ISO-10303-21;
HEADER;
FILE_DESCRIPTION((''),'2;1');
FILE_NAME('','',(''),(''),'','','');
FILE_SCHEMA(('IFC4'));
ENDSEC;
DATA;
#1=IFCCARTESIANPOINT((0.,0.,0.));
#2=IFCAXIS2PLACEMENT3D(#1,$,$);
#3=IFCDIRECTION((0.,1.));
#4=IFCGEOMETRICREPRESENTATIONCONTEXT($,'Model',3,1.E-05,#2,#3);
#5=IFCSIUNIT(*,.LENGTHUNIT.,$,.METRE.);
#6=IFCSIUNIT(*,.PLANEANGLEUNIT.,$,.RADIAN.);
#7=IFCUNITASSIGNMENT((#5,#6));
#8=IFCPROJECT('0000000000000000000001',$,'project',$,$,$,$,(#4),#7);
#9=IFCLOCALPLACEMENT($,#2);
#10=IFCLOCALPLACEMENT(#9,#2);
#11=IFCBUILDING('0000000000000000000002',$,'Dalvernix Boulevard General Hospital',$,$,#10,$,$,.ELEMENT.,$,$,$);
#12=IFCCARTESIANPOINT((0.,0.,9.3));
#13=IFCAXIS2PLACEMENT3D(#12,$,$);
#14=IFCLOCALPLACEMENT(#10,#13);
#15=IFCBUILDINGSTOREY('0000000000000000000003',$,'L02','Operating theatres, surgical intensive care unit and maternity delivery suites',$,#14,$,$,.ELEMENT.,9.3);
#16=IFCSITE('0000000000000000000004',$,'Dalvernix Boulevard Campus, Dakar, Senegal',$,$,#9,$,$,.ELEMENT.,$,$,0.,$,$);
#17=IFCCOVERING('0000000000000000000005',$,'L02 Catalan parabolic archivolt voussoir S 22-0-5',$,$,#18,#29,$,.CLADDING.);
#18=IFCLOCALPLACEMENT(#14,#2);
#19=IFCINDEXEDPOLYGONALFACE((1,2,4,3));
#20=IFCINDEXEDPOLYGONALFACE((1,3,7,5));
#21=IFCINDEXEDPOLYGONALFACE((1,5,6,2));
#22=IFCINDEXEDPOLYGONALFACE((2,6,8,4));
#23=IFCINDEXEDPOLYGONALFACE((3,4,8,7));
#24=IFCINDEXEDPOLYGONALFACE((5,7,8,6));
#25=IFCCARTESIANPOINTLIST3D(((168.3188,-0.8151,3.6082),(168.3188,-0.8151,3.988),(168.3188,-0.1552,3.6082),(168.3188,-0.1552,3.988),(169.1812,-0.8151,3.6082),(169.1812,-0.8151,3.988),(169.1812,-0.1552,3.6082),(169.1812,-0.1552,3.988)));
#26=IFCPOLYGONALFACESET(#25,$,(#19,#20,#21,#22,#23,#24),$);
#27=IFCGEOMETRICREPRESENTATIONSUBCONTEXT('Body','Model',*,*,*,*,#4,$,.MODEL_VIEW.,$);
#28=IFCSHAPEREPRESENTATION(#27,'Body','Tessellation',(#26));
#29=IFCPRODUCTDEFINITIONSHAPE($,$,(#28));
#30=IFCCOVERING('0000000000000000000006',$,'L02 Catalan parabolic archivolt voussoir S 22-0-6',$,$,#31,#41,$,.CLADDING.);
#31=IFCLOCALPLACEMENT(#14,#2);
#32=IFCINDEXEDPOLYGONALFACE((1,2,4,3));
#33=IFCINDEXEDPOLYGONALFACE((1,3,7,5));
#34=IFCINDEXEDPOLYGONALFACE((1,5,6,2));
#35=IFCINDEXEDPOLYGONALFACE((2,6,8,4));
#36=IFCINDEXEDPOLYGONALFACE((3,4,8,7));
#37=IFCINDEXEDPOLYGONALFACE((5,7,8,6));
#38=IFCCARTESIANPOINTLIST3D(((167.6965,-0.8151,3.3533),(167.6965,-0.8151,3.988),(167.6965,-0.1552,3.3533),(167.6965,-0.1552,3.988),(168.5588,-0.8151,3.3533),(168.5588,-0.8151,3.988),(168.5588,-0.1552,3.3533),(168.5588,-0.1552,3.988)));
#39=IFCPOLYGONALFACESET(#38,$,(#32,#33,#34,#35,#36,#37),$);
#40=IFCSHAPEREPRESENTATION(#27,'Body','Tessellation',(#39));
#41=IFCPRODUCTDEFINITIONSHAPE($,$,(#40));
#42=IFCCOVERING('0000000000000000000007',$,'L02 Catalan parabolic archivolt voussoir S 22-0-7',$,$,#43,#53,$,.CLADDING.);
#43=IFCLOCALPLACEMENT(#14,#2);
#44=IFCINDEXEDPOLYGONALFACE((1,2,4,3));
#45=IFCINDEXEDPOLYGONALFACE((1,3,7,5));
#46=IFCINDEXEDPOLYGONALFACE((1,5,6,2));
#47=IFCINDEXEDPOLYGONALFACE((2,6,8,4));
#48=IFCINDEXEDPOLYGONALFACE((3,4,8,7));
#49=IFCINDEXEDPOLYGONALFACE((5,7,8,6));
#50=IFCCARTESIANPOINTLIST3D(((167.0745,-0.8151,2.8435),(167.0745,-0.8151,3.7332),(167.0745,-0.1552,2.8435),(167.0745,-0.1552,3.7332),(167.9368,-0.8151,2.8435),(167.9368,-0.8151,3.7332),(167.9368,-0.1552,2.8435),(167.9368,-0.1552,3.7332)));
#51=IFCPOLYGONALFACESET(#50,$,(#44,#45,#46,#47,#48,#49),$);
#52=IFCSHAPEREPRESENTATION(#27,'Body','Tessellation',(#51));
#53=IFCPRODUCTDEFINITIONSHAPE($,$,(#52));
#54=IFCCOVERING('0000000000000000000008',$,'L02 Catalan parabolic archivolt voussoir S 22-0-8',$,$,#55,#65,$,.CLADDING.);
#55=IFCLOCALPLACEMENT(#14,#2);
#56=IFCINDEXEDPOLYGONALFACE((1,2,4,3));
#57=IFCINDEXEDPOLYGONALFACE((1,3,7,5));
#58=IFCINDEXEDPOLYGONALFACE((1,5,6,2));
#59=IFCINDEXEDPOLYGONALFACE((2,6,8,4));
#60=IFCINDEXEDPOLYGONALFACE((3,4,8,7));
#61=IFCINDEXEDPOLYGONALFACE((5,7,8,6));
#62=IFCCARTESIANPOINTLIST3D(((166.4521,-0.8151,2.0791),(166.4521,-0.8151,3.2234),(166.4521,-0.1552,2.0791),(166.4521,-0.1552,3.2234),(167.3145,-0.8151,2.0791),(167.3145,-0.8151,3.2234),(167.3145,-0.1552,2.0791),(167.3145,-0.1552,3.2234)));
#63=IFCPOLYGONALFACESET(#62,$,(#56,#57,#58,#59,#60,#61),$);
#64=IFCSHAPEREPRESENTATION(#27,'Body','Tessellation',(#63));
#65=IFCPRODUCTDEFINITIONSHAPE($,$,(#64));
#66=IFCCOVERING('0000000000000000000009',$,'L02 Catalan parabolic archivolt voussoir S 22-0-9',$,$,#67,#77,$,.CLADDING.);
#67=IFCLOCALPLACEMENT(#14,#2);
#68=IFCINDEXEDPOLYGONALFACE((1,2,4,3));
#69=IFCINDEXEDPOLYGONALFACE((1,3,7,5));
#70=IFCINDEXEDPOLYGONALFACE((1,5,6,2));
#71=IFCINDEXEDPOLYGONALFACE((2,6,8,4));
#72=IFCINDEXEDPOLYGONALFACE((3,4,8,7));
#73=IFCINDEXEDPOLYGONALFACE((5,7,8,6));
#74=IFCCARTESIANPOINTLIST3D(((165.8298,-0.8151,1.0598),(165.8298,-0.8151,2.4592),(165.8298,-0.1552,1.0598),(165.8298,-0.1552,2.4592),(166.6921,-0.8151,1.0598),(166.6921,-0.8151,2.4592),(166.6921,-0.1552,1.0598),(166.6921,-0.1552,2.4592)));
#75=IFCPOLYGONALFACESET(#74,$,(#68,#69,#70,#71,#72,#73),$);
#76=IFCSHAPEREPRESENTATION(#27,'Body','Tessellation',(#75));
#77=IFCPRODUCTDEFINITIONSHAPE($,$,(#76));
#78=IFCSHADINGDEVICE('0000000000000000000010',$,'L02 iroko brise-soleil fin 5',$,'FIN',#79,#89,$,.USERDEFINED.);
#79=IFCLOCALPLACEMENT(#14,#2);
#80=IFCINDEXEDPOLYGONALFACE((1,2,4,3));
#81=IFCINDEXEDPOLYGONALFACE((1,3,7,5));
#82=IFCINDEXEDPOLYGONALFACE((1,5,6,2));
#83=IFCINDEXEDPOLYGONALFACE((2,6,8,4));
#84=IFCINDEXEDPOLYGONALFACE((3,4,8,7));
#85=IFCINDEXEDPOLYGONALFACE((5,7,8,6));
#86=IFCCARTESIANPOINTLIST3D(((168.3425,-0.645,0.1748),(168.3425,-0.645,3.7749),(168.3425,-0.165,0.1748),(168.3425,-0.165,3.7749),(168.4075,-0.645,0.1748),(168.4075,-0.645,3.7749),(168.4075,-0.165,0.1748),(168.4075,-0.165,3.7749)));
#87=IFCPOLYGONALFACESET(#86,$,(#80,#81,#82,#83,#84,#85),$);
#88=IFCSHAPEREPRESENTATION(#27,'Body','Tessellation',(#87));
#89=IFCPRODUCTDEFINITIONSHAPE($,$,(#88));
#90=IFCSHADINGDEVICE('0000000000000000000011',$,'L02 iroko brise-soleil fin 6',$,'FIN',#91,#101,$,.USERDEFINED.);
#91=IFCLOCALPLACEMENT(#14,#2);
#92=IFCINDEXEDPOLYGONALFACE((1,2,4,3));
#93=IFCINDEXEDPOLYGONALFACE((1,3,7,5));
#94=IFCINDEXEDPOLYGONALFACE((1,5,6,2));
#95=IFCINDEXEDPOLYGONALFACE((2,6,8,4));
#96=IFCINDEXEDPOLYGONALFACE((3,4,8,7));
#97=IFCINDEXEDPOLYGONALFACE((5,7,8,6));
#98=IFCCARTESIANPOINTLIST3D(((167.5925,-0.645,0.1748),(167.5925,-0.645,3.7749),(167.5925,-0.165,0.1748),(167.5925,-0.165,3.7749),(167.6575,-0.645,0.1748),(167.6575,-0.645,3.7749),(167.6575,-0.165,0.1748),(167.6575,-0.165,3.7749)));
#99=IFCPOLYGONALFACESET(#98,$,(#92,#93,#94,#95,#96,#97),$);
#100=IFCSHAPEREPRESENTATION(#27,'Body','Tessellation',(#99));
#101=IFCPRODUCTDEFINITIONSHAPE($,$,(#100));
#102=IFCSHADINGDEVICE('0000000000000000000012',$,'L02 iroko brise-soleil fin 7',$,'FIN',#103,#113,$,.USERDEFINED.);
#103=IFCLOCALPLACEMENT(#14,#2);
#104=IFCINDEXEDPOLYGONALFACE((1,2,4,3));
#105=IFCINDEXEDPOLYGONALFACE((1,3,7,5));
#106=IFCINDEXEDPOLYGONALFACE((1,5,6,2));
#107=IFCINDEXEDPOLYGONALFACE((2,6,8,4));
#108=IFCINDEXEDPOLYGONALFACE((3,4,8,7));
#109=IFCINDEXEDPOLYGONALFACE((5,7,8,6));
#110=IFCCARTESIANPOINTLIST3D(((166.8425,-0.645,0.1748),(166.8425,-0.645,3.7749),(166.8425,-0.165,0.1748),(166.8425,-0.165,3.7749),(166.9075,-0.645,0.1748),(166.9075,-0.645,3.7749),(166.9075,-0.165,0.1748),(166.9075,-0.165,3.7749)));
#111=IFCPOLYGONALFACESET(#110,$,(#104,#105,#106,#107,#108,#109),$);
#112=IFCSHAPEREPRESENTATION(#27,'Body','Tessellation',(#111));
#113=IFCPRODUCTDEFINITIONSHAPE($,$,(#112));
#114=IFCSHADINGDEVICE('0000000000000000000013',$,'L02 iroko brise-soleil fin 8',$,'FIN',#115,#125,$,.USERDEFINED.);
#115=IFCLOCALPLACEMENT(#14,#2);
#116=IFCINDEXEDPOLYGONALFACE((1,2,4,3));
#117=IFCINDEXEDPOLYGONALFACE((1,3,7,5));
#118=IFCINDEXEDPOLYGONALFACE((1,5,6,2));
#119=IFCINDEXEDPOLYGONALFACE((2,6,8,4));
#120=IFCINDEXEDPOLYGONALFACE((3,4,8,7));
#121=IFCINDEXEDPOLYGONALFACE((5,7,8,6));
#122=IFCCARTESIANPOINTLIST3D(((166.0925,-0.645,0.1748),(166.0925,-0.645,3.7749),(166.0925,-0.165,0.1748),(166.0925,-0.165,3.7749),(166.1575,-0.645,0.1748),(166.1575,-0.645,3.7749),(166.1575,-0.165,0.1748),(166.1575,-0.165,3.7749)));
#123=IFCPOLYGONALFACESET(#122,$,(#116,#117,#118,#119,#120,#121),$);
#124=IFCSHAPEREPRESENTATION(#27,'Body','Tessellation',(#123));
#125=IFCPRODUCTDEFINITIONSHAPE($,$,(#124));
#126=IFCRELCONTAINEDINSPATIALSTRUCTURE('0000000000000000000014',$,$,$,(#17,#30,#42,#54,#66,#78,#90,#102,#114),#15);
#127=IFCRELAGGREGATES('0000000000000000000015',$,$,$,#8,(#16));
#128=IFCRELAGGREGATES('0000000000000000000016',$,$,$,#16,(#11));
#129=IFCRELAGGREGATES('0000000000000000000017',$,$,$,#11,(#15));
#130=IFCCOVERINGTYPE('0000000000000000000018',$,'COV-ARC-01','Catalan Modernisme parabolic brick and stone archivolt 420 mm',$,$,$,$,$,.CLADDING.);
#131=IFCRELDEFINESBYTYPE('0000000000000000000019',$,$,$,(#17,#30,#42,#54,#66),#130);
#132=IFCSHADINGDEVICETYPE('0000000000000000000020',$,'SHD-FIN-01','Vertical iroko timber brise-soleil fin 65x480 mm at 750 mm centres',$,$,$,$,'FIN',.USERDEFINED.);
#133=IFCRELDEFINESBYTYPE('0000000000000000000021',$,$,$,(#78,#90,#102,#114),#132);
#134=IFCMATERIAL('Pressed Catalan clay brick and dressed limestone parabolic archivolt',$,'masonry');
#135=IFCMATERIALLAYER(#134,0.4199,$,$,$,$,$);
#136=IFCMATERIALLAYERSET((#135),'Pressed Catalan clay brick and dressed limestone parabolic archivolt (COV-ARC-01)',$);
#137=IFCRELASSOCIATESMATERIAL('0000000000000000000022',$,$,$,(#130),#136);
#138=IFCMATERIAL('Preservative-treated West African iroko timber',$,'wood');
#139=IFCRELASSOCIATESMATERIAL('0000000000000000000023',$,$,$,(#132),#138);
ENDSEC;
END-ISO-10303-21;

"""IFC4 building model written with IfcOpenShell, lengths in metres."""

from ifc_helpers import new_model, si_unit, direction, frame, origin, origin_2d, place, context, subcontext, project, spatial, rectangle, extrude, material, layer, layer_set, type_object, element, save


model = new_model("IFC4")

# Units and contexts
model_context = context("Model", 3, precision=1e-05, world=origin(), true_north=direction((0.0, 1.0)))
body_context = subcontext(model_context, "Body", "Model", "MODEL_VIEW")
ifc_project = project(units=[si_unit("LENGTHUNIT", "METRE"), si_unit("PLANEANGLEUNIT", "RADIAN")], contexts=[model_context])

# Site, building, storey
site_placement = place(None, origin())
site = spatial("IfcSite", under=ifc_project, at=site_placement, Name="Dalvernix Boulevard Campus, Dakar, Senegal", CompositionType="ELEMENT", RefElevation=0.0)
building_placement = place(site_placement, origin())
building = spatial("IfcBuilding", under=site, at=building_placement, Name="Dalvernix Boulevard General Hospital", CompositionType="ELEMENT")
storey_placement = place(building_placement, frame((0.0, 0.0, 9.3)))
storey = spatial("IfcBuildingStorey", under=building, at=storey_placement, Name="L02", Description="Operating theatres, surgical intensive care unit and maternity delivery suites", CompositionType="ELEMENT", Elevation=9.3)

# Coverings
ifc_material_1 = material(Name="Pressed Catalan clay brick and dressed limestone parabolic archivolt", Category="masonry")
ifc_layer_1 = layer(ifc_material_1, 0.4199)
ifc_layer_set_1 = layer_set([ifc_layer_1], Name="Pressed Catalan clay brick and dressed limestone parabolic archivolt (COV-ARC-01)")
covering_type = type_object("IfcCoveringType", Name="COV-ARC-01", Description="Catalan Modernisme parabolic brick and stone archivolt 420 mm", PredefinedType="CLADDING", material=ifc_layer_set_1)
covering_1_placement = place(storey_placement, frame((168.75, -0.4851, 3.6082), z_axis=(0.0, 0.0, 1.0), x_axis=(-1.0, 0.0, 0.0)))
element("IfcCovering", 1, at=covering_1_placement, inside=storey, type_object=covering_type, Name="L02 Catalan parabolic archivolt voussoir S 22-0-5", PredefinedType="CLADDING", context=body_context, shape_type="SweptSolid", body=[
    extrude(rectangle(XDim=0.8623, YDim=0.6599, at=origin_2d()), origin(), (0.0, 0.0, 1.0), 0.3799),
])
covering_2_placement = place(storey_placement, frame((168.1277, -0.4851, 3.3533), z_axis=(0.0, 0.0, 1.0), x_axis=(-1.0, 0.0, 0.0)))
element("IfcCovering", 2, at=covering_2_placement, inside=storey, type_object=covering_type, Name="L02 Catalan parabolic archivolt voussoir S 22-0-6", PredefinedType="CLADDING", context=body_context, shape_type="SweptSolid", body=[
    extrude(rectangle(XDim=0.8623, YDim=0.6599, at=origin_2d()), origin(), (0.0, 0.0, 1.0), 0.6348),
])
covering_3_placement = place(storey_placement, frame((167.5056, -0.4851, 2.8435), z_axis=(0.0, 0.0, 1.0), x_axis=(-1.0, 0.0, 0.0)))
element("IfcCovering", 3, at=covering_3_placement, inside=storey, type_object=covering_type, Name="L02 Catalan parabolic archivolt voussoir S 22-0-7", PredefinedType="CLADDING", context=body_context, shape_type="SweptSolid", body=[
    extrude(rectangle(XDim=0.8623, YDim=0.6599, at=origin_2d()), origin(), (0.0, 0.0, 1.0), 0.8896),
])
covering_4_placement = place(storey_placement, frame((166.8833, -0.4851, 2.0791), z_axis=(0.0, 0.0, 1.0), x_axis=(-1.0, 0.0, 0.0)))
element("IfcCovering", 4, at=covering_4_placement, inside=storey, type_object=covering_type, Name="L02 Catalan parabolic archivolt voussoir S 22-0-8", PredefinedType="CLADDING", context=body_context, shape_type="SweptSolid", body=[
    extrude(rectangle(XDim=0.8623, YDim=0.6599, at=origin_2d()), origin(), (0.0, 0.0, 1.0), 1.1443),
])
covering_5_placement = place(storey_placement, frame((166.261, -0.4851, 1.0598), z_axis=(0.0, 0.0, 1.0), x_axis=(-1.0, 0.0, 0.0)))
element("IfcCovering", 5, at=covering_5_placement, inside=storey, type_object=covering_type, Name="L02 Catalan parabolic archivolt voussoir S 22-0-9", PredefinedType="CLADDING", context=body_context, shape_type="SweptSolid", body=[
    extrude(rectangle(XDim=0.8623, YDim=0.6599, at=origin_2d()), origin(), (0.0, 0.0, 1.0), 1.3994),
])

# Shading devices
ifc_material_2 = material(Name="Preservative-treated West African iroko timber", Category="wood")
shading_device_type = type_object("IfcShadingDeviceType", Name="SHD-FIN-01", Description="Vertical iroko timber brise-soleil fin 65x480 mm at 750 mm centres", ElementType="FIN", PredefinedType="USERDEFINED", material=ifc_material_2)
for number, where, z_axis, x_axis, name in (
    (6, (168.375, -0.405, 0.1748), (0.0, 0.0, 1.0), (-1.0, 0.0, 0.0), "L02 iroko brise-soleil fin 5"),
    (7, (167.625, -0.405, 0.1748), (0.0, 0.0, 1.0), (-1.0, 0.0, 0.0), "L02 iroko brise-soleil fin 6"),
    (8, (166.875, -0.405, 0.1748), (0.0, 0.0, 1.0), (-1.0, 0.0, 0.0), "L02 iroko brise-soleil fin 7"),
    (9, (166.125, -0.405, 0.1748), (0.0, 0.0, 1.0), (-1.0, 0.0, 0.0), "L02 iroko brise-soleil fin 8"),
):
    element("IfcShadingDevice", number, at=place(storey_placement, frame(where, z_axis=z_axis, x_axis=x_axis)), inside=storey, type_object=shading_device_type, Name=name, ObjectType="FIN", PredefinedType="USERDEFINED", context=body_context, shape_type="SweptSolid", body=[
        extrude(rectangle(XDim=0.0649, YDim=0.48, at=origin_2d()), origin(), (0.0, 0.0, 1.0), 3.6001),
    ])

save(model, "model.ifc")
